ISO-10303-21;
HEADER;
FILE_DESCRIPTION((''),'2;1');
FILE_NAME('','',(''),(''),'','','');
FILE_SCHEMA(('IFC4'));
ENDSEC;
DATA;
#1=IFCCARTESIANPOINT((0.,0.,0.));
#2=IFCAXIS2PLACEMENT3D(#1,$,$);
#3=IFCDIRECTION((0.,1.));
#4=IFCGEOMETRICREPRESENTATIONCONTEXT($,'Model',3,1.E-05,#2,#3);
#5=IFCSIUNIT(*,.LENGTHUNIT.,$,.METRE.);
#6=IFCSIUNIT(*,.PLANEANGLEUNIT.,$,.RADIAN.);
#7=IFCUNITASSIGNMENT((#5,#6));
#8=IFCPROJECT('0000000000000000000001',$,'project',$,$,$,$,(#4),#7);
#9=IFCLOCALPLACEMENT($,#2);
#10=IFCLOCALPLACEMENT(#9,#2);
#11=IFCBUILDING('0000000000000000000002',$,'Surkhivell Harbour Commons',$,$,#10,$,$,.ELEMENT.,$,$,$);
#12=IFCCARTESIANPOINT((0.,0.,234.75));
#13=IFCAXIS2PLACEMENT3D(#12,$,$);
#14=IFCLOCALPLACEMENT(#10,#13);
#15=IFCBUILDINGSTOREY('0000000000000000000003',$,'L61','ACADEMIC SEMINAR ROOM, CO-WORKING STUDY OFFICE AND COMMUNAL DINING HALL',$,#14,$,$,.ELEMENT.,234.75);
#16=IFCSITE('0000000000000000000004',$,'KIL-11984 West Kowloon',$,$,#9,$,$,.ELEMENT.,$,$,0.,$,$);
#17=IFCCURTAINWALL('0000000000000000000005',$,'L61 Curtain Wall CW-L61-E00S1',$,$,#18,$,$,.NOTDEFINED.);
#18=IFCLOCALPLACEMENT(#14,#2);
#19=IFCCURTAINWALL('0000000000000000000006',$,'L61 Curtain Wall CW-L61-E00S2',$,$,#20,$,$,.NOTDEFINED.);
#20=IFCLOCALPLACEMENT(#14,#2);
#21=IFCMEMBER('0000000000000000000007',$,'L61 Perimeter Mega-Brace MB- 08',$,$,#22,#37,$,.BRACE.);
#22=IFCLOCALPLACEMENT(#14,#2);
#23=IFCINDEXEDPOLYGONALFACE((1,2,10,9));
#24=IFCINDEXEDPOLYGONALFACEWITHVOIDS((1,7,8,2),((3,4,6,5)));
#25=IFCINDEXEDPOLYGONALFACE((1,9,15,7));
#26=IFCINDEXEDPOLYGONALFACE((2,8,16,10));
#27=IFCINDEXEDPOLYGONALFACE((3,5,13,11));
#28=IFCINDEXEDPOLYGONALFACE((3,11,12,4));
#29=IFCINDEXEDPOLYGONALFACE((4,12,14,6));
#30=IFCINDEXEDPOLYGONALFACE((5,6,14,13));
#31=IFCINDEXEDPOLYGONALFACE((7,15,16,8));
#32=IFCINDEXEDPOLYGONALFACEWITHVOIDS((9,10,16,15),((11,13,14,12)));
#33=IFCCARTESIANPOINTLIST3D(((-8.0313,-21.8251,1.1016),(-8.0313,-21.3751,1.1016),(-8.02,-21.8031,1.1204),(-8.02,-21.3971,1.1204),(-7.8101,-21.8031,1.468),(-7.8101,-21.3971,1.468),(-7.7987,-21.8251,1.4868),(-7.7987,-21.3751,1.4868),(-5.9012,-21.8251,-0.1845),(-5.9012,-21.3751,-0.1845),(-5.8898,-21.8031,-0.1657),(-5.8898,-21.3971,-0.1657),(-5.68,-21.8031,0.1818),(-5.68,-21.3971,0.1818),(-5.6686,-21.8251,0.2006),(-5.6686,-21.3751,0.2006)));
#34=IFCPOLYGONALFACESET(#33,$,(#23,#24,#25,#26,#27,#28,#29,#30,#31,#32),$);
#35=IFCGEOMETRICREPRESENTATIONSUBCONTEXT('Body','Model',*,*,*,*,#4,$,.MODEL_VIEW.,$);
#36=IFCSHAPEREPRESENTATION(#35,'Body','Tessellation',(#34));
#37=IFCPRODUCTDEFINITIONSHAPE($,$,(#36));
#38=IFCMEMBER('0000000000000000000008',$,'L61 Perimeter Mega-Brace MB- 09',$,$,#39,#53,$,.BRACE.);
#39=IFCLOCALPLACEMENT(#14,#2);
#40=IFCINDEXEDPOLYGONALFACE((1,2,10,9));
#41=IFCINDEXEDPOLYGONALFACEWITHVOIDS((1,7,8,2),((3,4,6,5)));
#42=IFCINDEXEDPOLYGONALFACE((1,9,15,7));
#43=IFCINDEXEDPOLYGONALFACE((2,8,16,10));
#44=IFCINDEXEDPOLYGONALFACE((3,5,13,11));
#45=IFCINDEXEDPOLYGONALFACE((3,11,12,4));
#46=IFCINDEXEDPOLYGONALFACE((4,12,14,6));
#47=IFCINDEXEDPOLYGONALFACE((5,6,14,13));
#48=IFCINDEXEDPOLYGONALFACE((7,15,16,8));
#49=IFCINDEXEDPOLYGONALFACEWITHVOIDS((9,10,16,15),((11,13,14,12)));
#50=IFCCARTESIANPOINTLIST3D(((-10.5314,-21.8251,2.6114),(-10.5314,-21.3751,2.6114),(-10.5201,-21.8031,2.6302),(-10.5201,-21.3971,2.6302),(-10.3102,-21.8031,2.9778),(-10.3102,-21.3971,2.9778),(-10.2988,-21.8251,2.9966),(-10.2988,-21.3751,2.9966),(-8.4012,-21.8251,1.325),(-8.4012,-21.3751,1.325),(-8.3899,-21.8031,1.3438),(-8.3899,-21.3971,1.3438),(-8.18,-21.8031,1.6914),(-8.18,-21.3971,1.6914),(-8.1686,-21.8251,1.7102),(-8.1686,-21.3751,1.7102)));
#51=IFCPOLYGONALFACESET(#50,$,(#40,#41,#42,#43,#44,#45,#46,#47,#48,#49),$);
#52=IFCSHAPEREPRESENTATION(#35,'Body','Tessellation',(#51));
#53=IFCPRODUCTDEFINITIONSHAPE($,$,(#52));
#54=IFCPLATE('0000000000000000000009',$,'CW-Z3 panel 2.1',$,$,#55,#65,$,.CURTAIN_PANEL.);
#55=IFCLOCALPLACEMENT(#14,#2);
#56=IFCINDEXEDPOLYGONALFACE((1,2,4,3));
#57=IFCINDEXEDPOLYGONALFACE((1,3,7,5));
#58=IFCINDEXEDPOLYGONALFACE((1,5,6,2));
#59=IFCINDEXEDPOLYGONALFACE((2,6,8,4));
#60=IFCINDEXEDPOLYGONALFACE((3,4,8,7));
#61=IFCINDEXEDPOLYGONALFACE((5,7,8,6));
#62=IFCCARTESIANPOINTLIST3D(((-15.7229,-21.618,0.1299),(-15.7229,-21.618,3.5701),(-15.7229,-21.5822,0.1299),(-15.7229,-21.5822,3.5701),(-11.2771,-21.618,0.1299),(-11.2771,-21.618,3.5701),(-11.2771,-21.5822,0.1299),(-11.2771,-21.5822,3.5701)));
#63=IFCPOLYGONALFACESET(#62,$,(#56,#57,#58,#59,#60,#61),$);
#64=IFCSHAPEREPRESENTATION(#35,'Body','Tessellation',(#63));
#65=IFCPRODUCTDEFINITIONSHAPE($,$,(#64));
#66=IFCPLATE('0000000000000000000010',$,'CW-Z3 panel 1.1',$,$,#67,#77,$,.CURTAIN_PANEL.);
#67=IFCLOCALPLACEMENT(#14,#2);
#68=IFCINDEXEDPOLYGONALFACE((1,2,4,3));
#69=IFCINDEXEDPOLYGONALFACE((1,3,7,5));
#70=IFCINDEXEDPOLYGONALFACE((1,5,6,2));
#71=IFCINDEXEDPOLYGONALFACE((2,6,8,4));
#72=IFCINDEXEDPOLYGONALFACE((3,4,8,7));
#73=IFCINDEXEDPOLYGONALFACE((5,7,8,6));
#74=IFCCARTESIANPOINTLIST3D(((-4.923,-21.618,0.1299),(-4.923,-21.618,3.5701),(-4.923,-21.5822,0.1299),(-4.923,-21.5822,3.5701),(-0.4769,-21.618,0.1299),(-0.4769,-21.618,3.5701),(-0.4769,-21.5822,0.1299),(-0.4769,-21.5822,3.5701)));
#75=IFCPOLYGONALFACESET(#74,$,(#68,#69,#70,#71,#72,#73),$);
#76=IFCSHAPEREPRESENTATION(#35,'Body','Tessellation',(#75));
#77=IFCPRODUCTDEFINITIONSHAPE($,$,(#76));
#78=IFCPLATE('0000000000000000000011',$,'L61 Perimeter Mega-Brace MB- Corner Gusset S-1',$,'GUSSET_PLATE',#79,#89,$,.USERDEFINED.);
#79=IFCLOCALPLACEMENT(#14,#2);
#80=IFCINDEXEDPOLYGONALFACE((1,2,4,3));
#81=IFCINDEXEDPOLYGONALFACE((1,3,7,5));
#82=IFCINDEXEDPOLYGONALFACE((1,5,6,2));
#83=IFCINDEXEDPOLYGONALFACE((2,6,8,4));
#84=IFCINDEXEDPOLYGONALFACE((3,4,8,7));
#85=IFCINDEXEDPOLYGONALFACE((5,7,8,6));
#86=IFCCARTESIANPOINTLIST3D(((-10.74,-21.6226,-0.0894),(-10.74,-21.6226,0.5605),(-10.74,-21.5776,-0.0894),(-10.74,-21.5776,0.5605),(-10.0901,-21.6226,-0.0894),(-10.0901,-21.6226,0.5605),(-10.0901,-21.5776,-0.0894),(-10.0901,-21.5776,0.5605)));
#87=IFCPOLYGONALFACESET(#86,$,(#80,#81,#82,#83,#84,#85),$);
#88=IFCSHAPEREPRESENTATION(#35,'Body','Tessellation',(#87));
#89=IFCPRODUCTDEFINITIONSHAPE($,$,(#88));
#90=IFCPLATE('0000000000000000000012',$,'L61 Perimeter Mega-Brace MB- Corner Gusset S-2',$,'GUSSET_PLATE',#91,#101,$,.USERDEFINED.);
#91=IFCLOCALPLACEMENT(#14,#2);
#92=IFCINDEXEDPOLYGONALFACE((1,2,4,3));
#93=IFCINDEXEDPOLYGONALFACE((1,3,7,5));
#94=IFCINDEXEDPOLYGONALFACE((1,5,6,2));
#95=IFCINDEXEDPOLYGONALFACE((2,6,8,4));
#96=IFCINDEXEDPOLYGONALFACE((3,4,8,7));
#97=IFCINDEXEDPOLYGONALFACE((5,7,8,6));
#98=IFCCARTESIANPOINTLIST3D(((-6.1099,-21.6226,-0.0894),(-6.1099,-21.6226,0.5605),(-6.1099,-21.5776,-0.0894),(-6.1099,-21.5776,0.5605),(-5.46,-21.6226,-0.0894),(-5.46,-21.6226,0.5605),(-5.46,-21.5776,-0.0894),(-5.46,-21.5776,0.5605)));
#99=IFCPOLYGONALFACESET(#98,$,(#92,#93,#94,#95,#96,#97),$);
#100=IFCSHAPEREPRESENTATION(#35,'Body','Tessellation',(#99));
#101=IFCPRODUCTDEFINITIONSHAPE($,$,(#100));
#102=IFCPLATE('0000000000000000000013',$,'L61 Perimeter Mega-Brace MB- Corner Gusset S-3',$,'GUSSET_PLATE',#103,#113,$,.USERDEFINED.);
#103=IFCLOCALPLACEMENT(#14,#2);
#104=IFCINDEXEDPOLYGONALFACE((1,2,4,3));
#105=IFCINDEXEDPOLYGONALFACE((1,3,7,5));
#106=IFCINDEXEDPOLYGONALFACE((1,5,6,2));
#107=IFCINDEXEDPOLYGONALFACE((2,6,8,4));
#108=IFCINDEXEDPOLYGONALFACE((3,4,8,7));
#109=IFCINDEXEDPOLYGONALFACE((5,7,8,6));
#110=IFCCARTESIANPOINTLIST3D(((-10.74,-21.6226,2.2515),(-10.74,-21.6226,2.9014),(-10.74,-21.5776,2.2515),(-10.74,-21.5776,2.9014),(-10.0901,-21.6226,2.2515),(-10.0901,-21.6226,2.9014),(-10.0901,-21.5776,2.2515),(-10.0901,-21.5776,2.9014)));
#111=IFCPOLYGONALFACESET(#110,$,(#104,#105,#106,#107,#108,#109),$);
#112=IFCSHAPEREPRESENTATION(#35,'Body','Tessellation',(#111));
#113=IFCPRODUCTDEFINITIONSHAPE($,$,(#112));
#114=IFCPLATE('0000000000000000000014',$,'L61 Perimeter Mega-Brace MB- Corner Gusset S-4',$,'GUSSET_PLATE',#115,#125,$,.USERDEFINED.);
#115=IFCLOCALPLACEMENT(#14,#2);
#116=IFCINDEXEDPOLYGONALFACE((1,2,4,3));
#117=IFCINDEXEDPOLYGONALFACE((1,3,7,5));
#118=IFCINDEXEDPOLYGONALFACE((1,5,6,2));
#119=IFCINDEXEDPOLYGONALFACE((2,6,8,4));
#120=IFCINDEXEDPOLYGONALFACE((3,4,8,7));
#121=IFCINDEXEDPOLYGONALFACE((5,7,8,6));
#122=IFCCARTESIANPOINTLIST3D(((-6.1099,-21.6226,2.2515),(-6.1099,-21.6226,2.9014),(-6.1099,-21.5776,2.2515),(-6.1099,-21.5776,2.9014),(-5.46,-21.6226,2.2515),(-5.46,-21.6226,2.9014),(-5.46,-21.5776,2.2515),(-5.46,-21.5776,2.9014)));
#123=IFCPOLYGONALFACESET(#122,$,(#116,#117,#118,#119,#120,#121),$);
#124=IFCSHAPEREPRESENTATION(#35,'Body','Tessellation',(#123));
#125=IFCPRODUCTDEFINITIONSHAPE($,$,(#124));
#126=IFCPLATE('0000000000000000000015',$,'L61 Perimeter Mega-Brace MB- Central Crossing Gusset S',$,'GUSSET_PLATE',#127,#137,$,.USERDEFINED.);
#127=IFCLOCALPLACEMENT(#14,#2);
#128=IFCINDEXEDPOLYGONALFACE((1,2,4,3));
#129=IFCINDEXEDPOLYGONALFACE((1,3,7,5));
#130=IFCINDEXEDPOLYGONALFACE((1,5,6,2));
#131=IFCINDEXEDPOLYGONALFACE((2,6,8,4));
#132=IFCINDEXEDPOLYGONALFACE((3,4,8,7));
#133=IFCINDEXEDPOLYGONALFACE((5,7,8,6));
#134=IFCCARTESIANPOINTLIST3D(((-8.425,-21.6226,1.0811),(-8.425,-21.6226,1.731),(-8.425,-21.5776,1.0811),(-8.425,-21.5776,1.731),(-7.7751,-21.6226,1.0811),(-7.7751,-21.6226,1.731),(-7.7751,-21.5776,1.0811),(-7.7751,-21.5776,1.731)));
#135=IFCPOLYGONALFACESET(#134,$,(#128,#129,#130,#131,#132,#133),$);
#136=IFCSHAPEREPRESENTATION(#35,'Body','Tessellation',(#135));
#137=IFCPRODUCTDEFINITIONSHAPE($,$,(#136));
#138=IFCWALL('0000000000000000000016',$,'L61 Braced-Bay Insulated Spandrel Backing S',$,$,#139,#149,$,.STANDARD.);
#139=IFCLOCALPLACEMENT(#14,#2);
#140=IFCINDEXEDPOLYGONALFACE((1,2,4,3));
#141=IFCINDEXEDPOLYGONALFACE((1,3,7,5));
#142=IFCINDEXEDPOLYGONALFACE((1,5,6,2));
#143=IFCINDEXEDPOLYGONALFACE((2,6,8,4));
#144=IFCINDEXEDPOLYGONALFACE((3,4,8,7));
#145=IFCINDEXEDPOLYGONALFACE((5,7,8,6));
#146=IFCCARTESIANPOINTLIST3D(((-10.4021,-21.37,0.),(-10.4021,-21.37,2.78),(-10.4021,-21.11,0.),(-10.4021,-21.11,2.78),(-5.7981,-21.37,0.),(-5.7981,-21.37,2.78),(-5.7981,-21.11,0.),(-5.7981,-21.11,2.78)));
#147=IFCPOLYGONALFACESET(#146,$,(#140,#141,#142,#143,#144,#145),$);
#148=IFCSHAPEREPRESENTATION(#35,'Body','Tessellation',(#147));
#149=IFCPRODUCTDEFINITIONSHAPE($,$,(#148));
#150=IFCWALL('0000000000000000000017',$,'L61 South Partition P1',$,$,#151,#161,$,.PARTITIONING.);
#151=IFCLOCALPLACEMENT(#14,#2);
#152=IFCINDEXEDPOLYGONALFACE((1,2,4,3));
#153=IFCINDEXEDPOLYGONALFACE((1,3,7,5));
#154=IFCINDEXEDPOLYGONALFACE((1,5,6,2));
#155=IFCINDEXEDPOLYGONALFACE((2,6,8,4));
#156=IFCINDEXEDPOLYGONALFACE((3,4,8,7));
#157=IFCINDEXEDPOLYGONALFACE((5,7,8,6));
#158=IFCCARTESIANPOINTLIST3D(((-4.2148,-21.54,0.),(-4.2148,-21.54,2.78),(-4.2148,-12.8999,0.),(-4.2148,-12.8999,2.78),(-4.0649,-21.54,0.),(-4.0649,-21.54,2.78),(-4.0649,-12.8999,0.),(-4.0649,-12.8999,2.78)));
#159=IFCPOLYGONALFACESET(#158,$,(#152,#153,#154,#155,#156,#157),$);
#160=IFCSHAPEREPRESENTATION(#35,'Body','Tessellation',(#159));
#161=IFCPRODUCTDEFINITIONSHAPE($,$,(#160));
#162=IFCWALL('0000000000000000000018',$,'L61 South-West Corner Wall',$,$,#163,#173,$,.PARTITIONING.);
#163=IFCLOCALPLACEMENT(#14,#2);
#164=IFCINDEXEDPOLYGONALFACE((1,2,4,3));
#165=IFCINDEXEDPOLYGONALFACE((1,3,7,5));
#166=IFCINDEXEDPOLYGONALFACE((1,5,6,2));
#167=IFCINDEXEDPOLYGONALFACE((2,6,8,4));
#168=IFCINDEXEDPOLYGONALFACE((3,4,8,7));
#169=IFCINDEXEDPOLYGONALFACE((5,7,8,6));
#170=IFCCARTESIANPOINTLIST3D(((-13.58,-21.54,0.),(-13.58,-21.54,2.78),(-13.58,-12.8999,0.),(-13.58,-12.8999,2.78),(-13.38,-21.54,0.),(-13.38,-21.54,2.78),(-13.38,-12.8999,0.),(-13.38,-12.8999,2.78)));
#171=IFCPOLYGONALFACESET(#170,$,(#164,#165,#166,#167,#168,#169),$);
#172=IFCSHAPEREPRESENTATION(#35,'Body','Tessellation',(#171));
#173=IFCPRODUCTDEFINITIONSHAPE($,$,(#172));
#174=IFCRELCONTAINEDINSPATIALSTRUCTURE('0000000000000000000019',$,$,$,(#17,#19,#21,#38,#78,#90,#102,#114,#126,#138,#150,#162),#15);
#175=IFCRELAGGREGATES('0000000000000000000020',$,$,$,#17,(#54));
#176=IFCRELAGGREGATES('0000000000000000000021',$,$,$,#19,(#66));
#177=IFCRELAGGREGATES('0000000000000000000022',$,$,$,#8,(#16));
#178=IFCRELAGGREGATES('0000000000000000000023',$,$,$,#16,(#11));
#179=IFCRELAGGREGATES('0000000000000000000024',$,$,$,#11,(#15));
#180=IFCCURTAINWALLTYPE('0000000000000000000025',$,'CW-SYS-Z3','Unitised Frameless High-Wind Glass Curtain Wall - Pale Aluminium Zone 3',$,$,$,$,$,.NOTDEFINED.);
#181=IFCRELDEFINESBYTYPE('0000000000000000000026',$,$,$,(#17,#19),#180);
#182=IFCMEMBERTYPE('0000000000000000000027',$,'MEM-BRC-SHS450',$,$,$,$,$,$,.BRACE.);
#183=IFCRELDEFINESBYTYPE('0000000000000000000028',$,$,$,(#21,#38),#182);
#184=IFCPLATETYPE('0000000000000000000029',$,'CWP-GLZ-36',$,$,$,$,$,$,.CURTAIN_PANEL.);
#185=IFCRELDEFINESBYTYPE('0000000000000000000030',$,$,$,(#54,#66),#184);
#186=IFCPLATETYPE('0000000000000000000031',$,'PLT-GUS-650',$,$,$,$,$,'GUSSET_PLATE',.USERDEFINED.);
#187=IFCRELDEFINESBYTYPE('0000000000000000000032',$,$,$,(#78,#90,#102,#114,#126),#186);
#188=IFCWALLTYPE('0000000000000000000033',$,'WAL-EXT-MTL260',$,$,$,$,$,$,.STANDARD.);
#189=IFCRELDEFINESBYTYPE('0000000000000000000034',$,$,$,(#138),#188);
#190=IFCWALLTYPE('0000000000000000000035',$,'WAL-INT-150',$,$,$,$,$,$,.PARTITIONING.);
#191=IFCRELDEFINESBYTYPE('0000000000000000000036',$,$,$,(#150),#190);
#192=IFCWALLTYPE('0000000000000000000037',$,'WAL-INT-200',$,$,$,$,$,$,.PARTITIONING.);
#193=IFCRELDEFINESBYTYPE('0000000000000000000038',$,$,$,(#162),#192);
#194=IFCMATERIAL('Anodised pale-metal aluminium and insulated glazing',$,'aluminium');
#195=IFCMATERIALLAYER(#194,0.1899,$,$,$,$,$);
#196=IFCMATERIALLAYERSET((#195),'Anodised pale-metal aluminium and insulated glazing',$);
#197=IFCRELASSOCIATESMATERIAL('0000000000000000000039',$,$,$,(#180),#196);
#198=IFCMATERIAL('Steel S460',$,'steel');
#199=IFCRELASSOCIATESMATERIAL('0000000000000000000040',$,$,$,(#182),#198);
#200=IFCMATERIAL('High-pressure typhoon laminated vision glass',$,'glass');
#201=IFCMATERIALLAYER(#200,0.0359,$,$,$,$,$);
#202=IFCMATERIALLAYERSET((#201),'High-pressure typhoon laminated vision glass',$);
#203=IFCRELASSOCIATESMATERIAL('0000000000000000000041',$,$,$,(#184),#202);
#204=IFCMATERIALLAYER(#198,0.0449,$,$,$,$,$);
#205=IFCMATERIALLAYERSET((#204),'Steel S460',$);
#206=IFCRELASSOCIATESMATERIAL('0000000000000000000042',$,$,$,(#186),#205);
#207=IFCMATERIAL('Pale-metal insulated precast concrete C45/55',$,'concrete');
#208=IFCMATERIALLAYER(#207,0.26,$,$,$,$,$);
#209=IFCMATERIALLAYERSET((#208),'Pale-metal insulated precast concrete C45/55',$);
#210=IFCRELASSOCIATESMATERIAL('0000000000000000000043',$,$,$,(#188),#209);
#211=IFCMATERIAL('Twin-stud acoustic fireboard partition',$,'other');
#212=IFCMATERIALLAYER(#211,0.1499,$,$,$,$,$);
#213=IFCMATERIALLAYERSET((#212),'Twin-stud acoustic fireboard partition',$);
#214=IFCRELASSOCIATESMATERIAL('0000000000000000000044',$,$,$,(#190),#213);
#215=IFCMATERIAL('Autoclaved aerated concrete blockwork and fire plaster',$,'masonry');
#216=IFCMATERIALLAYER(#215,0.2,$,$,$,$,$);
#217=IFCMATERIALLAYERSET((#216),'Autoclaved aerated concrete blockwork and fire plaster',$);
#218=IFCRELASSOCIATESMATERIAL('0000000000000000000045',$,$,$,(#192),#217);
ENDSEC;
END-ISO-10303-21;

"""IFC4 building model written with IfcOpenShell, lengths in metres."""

from ifc_helpers import new_model, si_unit, direction, frame, frame_2d, origin, origin_2d, place, context, subcontext, project, spatial, rectangle, hollow_rectangle, extrude, material, layer, layer_set, material_profile, profile_set, type_object, element, aggregate, save


model = new_model("IFC4")

# Units and contexts
model_context = context("Model", 3, precision=1e-05, world=origin(), true_north=direction((0.0, 1.0)))
body_context = subcontext(model_context, "Body", "Model", "MODEL_VIEW")
ifc_project = project(units=[si_unit("LENGTHUNIT", "METRE"), si_unit("PLANEANGLEUNIT", "RADIAN")], contexts=[model_context])

# Site, building, storey
site_placement = place(None, origin())
site = spatial("IfcSite", under=ifc_project, at=site_placement, Name="KIL-11984 West Kowloon", CompositionType="ELEMENT", RefElevation=0.0)
building_placement = place(site_placement, origin())
building = spatial("IfcBuilding", under=site, at=building_placement, Name="Surkhivell Harbour Commons", CompositionType="ELEMENT")
storey_placement = place(building_placement, frame((0.0, 0.0, 234.75)))
storey = spatial("IfcBuildingStorey", under=building, at=storey_placement, Name="L61", Description="ACADEMIC SEMINAR ROOM, CO-WORKING STUDY OFFICE AND COMMUNAL DINING HALL", CompositionType="ELEMENT", Elevation=234.75)

# Curtain wall
ifc_material_1 = material(Name="Anodised pale-metal aluminium and insulated glazing", Category="aluminium")
ifc_layer_1 = layer(ifc_material_1, 0.1899)
ifc_layer_set_1 = layer_set([ifc_layer_1], Name="Anodised pale-metal aluminium and insulated glazing")
curtain_wall_type = type_object("IfcCurtainWallType", Name="CW-SYS-Z3", Description="Unitised Frameless High-Wind Glass Curtain Wall - Pale Aluminium Zone 3", PredefinedType="NOTDEFINED", material=ifc_layer_set_1)
curtain_wall_1_placement = place(storey_placement, origin())
curtain_wall_1 = element("IfcCurtainWall", 1, at=curtain_wall_1_placement, inside=storey, type_object=curtain_wall_type, Name="L61 Curtain Wall CW-L61-E00S1", PredefinedType="NOTDEFINED")

# Curtain wall
curtain_wall_2_placement = place(storey_placement, origin())
curtain_wall_2 = element("IfcCurtainWall", 2, at=curtain_wall_2_placement, inside=storey, type_object=curtain_wall_type, Name="L61 Curtain Wall CW-L61-E00S2", PredefinedType="NOTDEFINED")

# Members
ifc_material_2 = material(Name="Steel S460", Category="steel")
ifc_material_profile_1 = material_profile(ifc_material_2, hollow_rectangle(XDim=0.45, YDim=0.45, WallThickness=0.022, at=origin_2d()), Name="SHS450x450x22")
ifc_profile_set_1 = profile_set([ifc_material_profile_1], Name="Steel S460")
member_type_1 = type_object("IfcMemberType", Name="MEM-BRC-SHS450", PredefinedType="BRACE", material=ifc_profile_set_1)
member_1_placement = place(storey_placement, frame((-5.7849, -21.6001, 0.0081), z_axis=(-0.856061, 0.0, 0.516875), x_axis=(0.0, -1.0, 0.0)))
element("IfcMember", 3, at=member_1_placement, inside=storey, type_object=member_type_1, Name="L61 Perimeter Mega-Brace MB- 08", PredefinedType="BRACE", context=body_context, shape_type="SweptSolid", body=[
    extrude(hollow_rectangle(XDim=0.45, YDim=0.45, WallThickness=0.022, at=origin_2d()), origin(), (0.0, 0.0, 1.0), 2.4883),
])
member_2_placement = place(storey_placement, frame((-8.2849, -21.6001, 1.5176), z_axis=(-0.856018, 0.0, 0.516946), x_axis=(0.0, -1.0, 0.0)))
element("IfcMember", 4, at=member_2_placement, inside=storey, type_object=member_type_1, Name="L61 Perimeter Mega-Brace MB- 09", PredefinedType="BRACE", context=body_context, shape_type="SweptSolid", body=[
    extrude(hollow_rectangle(XDim=0.45, YDim=0.45, WallThickness=0.022, at=origin_2d()), origin(), (0.0, 0.0, 1.0), 2.4885),
])

# Plates
ifc_material_3 = material(Name="High-pressure typhoon laminated vision glass", Category="glass")
ifc_layer_2 = layer(ifc_material_3, 0.0359)
ifc_layer_set_2 = layer_set([ifc_layer_2], Name="High-pressure typhoon laminated vision glass")
plate_type_1 = type_object("IfcPlateType", Name="CWP-GLZ-36", PredefinedType="CURTAIN_PANEL", material=ifc_layer_set_2)
plate_1_placement = place(storey_placement, frame((-15.7229, -21.6001, 0.1299), z_axis=(0.0, 0.0, 1.0), x_axis=(1.0, 0.0, 0.0)))
plate_1 = element("IfcPlate", 5, at=plate_1_placement, type_object=plate_type_1, Name="CW-Z3 panel 2.1", PredefinedType="CURTAIN_PANEL", context=body_context, shape_type="SweptSolid", body=[
    extrude(rectangle(XDim=4.4458, YDim=0.0359, at=frame_2d((2.2229, 0.0))), origin(), (0.0, 0.0, 1.0), 3.4402),
])
aggregate(curtain_wall_1, [plate_1])
plate_2_placement = place(storey_placement, frame((-4.9231, -21.6001, 0.1299), z_axis=(0.0, 0.0, 1.0), x_axis=(1.0, 0.0, 0.0)))
plate_2 = element("IfcPlate", 6, at=plate_2_placement, type_object=plate_type_1, Name="CW-Z3 panel 1.1", PredefinedType="CURTAIN_PANEL", context=body_context, shape_type="SweptSolid", body=[
    extrude(rectangle(XDim=4.446, YDim=0.0359, at=frame_2d((2.2231, 0.0))), origin(), (0.0, 0.0, 1.0), 3.4402),
])
aggregate(curtain_wall_2, [plate_2])

# Plates
ifc_layer_3 = layer(ifc_material_2, 0.0449)
ifc_layer_set_3 = layer_set([ifc_layer_3], Name="Steel S460")
plate_type_2 = type_object("IfcPlateType", Name="PLT-GUS-650", ElementType="GUSSET_PLATE", PredefinedType="USERDEFINED", material=ifc_layer_set_3)
for number, where, z_axis, x_axis, name in (
    (7, (-10.415, -21.6001, -0.0894), (0.0, 0.0, 1.0), (1.0, 0.0, 0.0), "L61 Perimeter Mega-Brace MB- Corner Gusset S-1"),
    (8, (-5.7849, -21.6001, -0.0894), (0.0, 0.0, 1.0), (1.0, 0.0, 0.0), "L61 Perimeter Mega-Brace MB- Corner Gusset S-2"),
    (9, (-10.415, -21.6001, 2.2515), (0.0, 0.0, 1.0), (1.0, 0.0, 0.0), "L61 Perimeter Mega-Brace MB- Corner Gusset S-3"),
    (10, (-5.7849, -21.6001, 2.2515), (0.0, 0.0, 1.0), (1.0, 0.0, 0.0), "L61 Perimeter Mega-Brace MB- Corner Gusset S-4"),
    (11, (-8.1001, -21.6001, 1.0811), (0.0, 0.0, 1.0), (1.0, 0.0, 0.0), "L61 Perimeter Mega-Brace MB- Central Crossing Gusset S"),
):
    element("IfcPlate", number, at=place(storey_placement, frame(where, z_axis=z_axis, x_axis=x_axis)), inside=storey, type_object=plate_type_2, Name=name, ObjectType="GUSSET_PLATE", PredefinedType="USERDEFINED", context=body_context, shape_type="SweptSolid", body=[
        extrude(rectangle(XDim=0.6499, YDim=0.0449, at=origin_2d()), origin(), (0.0, 0.0, 1.0), 0.6499),
    ])

# Walls
ifc_material_4 = material(Name="Pale-metal insulated precast concrete C45/55", Category="concrete")
ifc_layer_4 = layer(ifc_material_4, 0.26)
ifc_layer_set_4 = layer_set([ifc_layer_4], Name="Pale-metal insulated precast concrete C45/55")
wall_type_1 = type_object("IfcWallType", Name="WAL-EXT-MTL260", PredefinedType="STANDARD", material=ifc_layer_set_4)
wall_1_placement = place(storey_placement, frame((-10.4021, -21.24, 0.0), z_axis=(0.0, 0.0, 1.0), x_axis=(1.0, 0.0, 0.0)))
element("IfcWall", 12, at=wall_1_placement, inside=storey, type_object=wall_type_1, Name="L61 Braced-Bay Insulated Spandrel Backing S", PredefinedType="STANDARD", context=body_context, shape_type="SweptSolid", body=[
    extrude(rectangle(XDim=4.604, YDim=0.26, at=frame_2d((2.302, 0.0))), origin(), (0.0, 0.0, 1.0), 2.78),
])
ifc_material_5 = material(Name="Twin-stud acoustic fireboard partition", Category="other")
ifc_layer_5 = layer(ifc_material_5, 0.1499)
ifc_layer_set_5 = layer_set([ifc_layer_5], Name="Twin-stud acoustic fireboard partition")
wall_type_2 = type_object("IfcWallType", Name="WAL-INT-150", PredefinedType="PARTITIONING", material=ifc_layer_set_5)
wall_2_placement = place(storey_placement, frame((-4.1399, -21.54, 0.0), z_axis=(0.0, 0.0, 1.0), x_axis=(0.0, 1.0, 0.0)))
element("IfcWall", 13, at=wall_2_placement, inside=storey, type_object=wall_type_2, Name="L61 South Partition P1", PredefinedType="PARTITIONING", context=body_context, shape_type="SweptSolid", body=[
    extrude(rectangle(XDim=8.6401, YDim=0.1499, at=frame_2d((4.3201, 0.0))), origin(), (0.0, 0.0, 1.0), 2.78),
])
ifc_material_6 = material(Name="Autoclaved aerated concrete blockwork and fire plaster", Category="masonry")
ifc_layer_6 = layer(ifc_material_6, 0.2)
ifc_layer_set_6 = layer_set([ifc_layer_6], Name="Autoclaved aerated concrete blockwork and fire plaster")
wall_type_3 = type_object("IfcWallType", Name="WAL-INT-200", PredefinedType="PARTITIONING", material=ifc_layer_set_6)
wall_3_placement = place(storey_placement, frame((-13.48, -21.54, 0.0), z_axis=(0.0, 0.0, 1.0), x_axis=(0.0, 1.0, 0.0)))
element("IfcWall", 14, at=wall_3_placement, inside=storey, type_object=wall_type_3, Name="L61 South-West Corner Wall", PredefinedType="PARTITIONING", context=body_context, shape_type="SweptSolid", body=[
    extrude(rectangle(XDim=8.6401, YDim=0.2, at=frame_2d((4.3201, 0.0))), origin(), (0.0, 0.0, 1.0), 2.78),
])

save(model, "model.ifc")
